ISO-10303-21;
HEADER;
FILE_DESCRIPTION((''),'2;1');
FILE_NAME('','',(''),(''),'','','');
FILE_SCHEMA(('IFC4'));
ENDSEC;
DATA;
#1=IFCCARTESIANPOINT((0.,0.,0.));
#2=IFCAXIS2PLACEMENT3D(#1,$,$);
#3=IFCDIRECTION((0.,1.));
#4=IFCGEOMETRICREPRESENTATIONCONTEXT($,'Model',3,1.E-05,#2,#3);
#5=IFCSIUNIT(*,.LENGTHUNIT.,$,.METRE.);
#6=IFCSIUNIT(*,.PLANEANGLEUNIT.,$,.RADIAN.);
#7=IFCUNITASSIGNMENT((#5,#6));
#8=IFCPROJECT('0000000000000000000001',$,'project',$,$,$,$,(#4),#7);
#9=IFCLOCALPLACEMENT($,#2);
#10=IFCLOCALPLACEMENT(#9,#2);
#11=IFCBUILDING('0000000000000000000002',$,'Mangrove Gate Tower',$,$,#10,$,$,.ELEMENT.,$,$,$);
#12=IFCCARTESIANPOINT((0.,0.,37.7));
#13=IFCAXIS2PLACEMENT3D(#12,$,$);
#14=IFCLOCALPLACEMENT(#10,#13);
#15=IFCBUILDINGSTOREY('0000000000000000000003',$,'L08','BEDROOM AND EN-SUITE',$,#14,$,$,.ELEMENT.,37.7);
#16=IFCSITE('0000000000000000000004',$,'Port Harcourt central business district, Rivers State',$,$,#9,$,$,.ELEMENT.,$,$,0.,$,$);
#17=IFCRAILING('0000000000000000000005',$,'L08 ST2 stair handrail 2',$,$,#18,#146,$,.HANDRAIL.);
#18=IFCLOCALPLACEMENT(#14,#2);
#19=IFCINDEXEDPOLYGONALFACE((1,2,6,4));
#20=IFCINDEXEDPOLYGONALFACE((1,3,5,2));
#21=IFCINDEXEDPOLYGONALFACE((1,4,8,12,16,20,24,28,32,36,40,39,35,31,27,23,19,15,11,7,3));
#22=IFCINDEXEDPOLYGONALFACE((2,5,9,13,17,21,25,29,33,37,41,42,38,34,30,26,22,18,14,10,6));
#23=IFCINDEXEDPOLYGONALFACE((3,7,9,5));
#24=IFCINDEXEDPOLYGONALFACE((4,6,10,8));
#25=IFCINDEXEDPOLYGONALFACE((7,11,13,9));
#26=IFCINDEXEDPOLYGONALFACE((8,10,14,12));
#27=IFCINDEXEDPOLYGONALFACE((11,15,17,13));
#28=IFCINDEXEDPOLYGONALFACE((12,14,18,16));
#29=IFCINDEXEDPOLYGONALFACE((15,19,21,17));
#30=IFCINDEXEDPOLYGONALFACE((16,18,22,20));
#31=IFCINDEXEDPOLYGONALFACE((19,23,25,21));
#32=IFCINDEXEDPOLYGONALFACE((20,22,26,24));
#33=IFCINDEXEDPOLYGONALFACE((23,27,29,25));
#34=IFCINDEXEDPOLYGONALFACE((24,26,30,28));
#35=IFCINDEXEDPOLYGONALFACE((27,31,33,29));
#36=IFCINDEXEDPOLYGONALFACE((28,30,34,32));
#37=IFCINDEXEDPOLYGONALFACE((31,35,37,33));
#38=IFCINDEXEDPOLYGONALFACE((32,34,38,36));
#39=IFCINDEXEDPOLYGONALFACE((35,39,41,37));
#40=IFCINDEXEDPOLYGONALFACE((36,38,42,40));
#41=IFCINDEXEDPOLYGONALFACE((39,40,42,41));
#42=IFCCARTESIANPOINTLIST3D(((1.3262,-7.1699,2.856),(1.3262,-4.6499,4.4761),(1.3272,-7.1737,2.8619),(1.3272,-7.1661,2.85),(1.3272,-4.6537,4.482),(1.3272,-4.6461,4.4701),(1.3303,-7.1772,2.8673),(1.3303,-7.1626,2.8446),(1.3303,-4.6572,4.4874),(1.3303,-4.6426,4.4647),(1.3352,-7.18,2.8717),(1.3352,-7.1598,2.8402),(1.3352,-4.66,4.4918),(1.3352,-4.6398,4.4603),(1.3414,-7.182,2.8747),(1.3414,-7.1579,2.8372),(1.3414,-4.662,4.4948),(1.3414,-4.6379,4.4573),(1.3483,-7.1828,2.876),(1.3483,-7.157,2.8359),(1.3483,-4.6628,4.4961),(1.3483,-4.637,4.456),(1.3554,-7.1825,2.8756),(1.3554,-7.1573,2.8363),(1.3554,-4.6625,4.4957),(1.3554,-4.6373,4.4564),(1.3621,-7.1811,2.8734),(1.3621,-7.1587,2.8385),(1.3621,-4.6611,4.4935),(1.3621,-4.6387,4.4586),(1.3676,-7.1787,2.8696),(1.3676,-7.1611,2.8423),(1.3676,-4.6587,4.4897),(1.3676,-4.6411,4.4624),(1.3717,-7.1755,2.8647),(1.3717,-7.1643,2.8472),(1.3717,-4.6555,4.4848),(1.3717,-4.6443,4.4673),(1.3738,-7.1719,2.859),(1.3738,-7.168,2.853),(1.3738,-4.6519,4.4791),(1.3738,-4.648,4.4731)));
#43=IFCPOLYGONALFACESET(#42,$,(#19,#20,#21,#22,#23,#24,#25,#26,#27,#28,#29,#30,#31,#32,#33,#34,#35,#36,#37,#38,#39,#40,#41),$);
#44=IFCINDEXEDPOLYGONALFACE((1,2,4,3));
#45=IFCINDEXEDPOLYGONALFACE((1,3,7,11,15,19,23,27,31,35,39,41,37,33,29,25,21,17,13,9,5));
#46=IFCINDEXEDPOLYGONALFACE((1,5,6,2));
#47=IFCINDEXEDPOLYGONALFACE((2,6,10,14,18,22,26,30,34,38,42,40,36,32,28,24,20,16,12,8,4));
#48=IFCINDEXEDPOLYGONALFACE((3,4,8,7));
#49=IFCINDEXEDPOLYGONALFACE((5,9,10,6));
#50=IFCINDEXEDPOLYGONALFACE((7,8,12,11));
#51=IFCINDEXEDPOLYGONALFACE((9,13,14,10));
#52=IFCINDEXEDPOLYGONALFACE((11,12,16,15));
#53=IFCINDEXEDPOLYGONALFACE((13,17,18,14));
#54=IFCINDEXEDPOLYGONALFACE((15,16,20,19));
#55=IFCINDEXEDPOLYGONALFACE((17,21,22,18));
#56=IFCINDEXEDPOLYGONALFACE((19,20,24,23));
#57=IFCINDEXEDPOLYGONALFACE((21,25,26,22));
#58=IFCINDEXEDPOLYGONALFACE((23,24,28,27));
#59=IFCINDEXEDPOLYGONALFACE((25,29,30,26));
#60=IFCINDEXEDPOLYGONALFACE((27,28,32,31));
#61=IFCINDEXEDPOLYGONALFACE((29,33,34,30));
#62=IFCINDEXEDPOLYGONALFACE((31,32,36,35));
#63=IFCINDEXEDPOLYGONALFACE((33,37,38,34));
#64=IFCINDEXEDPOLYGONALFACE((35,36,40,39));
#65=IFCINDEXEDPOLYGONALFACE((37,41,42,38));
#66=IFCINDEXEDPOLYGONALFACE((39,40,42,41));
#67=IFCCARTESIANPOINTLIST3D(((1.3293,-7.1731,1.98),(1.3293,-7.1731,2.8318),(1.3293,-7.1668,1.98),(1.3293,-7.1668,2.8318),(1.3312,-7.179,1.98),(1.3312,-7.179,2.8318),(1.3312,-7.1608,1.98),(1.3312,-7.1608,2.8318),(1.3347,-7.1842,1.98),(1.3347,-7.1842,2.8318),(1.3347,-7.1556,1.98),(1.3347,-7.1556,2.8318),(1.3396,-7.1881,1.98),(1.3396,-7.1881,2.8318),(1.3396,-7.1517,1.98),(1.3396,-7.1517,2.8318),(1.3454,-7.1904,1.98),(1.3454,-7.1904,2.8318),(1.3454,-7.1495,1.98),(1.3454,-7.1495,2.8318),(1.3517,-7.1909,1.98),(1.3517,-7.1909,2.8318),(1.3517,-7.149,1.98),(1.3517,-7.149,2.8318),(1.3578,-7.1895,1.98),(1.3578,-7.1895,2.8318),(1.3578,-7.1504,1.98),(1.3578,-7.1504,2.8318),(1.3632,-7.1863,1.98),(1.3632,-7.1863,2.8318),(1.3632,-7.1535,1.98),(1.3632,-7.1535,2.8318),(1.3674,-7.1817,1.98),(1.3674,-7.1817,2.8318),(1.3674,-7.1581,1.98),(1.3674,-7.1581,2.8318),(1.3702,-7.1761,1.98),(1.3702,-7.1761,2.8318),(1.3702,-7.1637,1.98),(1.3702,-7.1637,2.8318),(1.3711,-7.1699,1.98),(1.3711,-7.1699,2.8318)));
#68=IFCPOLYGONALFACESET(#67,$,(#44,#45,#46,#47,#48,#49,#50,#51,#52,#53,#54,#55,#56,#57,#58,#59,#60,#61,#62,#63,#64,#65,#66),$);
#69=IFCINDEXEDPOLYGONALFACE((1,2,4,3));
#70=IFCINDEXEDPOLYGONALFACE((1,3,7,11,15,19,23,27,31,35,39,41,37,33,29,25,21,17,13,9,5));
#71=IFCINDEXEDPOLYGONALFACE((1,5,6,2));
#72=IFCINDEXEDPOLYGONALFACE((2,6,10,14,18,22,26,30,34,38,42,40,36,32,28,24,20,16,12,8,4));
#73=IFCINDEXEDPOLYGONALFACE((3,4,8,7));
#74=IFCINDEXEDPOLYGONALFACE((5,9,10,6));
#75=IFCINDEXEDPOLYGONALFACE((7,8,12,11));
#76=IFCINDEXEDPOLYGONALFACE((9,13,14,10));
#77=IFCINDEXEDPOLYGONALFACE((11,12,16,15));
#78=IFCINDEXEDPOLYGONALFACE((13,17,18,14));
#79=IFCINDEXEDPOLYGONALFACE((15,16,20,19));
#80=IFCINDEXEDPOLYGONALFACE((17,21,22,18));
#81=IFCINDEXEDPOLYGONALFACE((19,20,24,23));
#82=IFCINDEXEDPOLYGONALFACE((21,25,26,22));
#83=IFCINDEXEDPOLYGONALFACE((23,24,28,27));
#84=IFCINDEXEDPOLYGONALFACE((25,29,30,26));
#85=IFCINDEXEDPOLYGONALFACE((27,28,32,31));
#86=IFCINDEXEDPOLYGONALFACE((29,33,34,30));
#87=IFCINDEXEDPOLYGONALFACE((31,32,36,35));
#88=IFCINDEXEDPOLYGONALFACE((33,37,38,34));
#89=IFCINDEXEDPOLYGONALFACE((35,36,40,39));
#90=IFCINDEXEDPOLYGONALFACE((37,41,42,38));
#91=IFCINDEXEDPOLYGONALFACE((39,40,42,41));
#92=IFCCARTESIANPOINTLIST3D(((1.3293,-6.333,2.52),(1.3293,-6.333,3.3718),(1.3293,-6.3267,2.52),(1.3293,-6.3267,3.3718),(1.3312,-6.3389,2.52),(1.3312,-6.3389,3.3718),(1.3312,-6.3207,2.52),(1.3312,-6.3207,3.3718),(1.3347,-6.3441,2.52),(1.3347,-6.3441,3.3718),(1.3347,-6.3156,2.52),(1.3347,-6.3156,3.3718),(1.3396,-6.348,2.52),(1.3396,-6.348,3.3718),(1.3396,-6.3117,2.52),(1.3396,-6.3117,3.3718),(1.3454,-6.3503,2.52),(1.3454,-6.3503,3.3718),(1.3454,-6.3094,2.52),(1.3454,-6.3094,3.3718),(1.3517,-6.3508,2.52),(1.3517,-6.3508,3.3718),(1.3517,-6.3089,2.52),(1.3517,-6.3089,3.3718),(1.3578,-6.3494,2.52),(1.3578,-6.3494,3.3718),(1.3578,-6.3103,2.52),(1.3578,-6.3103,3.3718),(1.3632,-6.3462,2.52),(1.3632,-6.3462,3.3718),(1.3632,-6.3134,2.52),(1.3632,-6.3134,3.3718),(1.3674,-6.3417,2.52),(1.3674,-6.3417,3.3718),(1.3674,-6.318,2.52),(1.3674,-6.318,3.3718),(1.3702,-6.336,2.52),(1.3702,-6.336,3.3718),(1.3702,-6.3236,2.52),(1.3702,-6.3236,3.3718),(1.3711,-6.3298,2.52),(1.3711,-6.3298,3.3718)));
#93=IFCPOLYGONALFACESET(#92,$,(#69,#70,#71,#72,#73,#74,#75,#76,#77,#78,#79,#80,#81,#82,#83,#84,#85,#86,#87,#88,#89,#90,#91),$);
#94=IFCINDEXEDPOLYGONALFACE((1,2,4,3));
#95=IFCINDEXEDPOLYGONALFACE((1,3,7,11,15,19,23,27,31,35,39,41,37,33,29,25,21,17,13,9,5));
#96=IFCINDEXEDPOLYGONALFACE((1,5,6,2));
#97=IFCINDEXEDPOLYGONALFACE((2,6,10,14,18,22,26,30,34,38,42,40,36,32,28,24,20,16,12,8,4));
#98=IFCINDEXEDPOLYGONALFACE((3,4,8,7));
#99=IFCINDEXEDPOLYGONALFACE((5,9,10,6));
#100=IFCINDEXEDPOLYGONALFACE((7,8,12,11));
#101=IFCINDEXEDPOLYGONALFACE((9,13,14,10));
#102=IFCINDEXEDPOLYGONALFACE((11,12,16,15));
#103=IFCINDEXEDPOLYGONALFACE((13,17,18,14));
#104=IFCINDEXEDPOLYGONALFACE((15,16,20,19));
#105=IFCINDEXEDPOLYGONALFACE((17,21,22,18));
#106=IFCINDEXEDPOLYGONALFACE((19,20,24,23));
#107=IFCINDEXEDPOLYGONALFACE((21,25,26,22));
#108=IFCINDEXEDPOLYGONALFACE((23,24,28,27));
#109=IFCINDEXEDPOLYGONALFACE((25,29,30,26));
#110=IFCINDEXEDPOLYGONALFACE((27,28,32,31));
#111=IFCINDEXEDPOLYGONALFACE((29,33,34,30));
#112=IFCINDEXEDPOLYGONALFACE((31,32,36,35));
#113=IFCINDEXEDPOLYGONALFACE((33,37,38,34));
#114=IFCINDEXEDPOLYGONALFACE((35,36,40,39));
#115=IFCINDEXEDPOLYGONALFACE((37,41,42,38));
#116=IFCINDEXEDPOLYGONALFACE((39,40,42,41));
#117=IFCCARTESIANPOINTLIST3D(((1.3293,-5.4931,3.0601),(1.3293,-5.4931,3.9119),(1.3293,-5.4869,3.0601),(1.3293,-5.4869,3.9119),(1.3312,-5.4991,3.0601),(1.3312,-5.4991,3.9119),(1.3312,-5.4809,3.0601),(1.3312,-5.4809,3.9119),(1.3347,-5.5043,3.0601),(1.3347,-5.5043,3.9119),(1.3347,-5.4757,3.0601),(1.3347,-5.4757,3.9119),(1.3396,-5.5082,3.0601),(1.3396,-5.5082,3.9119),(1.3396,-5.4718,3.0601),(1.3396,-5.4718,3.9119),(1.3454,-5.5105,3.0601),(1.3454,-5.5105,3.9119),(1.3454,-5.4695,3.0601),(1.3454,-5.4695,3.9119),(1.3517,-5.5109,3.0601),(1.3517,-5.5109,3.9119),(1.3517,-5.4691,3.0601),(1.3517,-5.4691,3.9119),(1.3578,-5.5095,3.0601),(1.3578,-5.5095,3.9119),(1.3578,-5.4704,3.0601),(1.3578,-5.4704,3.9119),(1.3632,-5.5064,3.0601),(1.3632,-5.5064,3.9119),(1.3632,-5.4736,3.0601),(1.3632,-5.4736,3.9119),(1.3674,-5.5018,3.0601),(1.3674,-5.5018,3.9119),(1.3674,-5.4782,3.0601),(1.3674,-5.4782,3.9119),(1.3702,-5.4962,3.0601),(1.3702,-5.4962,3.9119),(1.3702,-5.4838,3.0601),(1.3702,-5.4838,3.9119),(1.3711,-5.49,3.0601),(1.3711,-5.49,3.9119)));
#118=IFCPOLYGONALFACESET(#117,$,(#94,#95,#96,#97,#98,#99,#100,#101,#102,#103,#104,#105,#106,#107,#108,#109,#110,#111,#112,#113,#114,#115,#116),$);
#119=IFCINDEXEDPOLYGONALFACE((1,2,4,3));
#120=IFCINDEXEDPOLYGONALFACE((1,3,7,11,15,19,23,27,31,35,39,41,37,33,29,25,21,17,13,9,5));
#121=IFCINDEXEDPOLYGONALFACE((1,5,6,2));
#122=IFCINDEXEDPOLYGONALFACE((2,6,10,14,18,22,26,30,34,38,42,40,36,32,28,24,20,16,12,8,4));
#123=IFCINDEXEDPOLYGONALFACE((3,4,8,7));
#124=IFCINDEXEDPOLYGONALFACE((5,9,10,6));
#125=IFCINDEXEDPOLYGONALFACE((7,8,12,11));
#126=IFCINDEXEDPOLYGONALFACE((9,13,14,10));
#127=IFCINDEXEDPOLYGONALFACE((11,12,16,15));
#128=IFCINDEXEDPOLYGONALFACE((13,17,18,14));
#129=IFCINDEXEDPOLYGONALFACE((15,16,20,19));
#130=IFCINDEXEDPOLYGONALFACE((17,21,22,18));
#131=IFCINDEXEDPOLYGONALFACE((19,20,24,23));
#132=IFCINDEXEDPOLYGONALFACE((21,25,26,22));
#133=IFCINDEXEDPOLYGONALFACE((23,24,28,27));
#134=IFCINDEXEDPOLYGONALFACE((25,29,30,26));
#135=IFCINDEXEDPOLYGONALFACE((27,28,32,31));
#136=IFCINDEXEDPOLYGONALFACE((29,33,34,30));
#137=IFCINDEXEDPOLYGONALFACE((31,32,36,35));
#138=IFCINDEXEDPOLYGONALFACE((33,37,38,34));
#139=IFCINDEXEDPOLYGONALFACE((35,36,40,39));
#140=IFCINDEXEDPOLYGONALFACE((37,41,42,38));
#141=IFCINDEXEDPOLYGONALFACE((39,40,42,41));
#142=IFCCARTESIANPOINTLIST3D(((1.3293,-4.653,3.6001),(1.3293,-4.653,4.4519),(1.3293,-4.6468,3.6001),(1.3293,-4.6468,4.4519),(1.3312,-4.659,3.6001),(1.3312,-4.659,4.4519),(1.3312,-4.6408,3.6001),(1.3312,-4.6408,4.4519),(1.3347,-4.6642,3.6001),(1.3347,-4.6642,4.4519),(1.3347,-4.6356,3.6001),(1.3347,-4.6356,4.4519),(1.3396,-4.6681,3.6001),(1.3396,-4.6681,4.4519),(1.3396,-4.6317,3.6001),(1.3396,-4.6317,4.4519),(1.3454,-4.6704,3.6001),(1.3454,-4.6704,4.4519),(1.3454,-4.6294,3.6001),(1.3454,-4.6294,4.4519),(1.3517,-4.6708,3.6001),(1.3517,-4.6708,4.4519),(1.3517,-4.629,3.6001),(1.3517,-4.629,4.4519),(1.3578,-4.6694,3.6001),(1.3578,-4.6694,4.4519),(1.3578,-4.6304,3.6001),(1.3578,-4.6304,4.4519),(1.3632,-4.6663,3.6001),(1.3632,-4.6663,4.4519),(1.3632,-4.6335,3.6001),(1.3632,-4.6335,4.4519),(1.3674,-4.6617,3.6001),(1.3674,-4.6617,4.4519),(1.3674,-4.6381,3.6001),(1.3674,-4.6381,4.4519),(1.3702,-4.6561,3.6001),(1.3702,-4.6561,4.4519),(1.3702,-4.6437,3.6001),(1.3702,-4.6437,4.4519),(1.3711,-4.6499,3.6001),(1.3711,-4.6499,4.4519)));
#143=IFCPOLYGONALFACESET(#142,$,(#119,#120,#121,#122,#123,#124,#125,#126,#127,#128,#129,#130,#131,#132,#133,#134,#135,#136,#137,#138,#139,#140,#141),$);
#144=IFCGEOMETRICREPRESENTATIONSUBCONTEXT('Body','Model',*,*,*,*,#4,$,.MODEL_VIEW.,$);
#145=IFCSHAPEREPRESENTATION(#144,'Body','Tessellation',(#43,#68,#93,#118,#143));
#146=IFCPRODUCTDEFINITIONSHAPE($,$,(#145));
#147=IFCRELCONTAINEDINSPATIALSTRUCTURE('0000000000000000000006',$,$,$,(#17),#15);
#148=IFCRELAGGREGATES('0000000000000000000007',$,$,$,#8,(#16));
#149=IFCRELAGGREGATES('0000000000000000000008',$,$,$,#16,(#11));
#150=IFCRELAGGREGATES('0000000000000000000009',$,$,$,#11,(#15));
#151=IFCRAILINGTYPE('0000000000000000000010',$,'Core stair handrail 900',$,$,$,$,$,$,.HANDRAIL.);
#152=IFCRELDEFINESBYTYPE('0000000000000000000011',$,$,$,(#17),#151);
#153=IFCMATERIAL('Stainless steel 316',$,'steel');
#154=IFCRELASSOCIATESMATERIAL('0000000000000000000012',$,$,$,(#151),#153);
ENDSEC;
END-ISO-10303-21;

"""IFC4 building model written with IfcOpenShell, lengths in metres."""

from ifc_helpers import new_model, si_unit, direction, frame, origin, origin_2d, place, context, subcontext, project, spatial, circle, extrude, material, type_object, element, save


model = new_model("IFC4")

# Units and contexts
model_context = context("Model", 3, precision=1e-05, world=origin(), true_north=direction((0.0, 1.0)))
body_context = subcontext(model_context, "Body", "Model", "MODEL_VIEW")
ifc_project = project(units=[si_unit("LENGTHUNIT", "METRE"), si_unit("PLANEANGLEUNIT", "RADIAN")], contexts=[model_context])

# Site, building, storey
site_placement = place(None, origin())
site = spatial("IfcSite", under=ifc_project, at=site_placement, Name="Port Harcourt central business district, Rivers State", CompositionType="ELEMENT", RefElevation=0.0)
building_placement = place(site_placement, origin())
building = spatial("IfcBuilding", under=site, at=building_placement, Name="Mangrove Gate Tower", CompositionType="ELEMENT")
storey_placement = place(building_placement, frame((0.0, 0.0, 37.7)))
storey = spatial("IfcBuildingStorey", under=building, at=storey_placement, Name="L08", Description="BEDROOM AND EN-SUITE", CompositionType="ELEMENT", Elevation=37.7)

# Railing
ifc_material_1 = material(Name="Stainless steel 316", Category="steel")
railing_type_1 = type_object("IfcRailingType", Name="Core stair handrail 900", PredefinedType="HANDRAIL", material=ifc_material_1)
railing_1_placement = place(storey_placement, frame((1.3501, -7.1699, 1.98)))
element("IfcRailing", 1, at=railing_1_placement, inside=storey, type_object=railing_type_1, Name="L08 ST2 stair handrail 2", PredefinedType="HANDRAIL", context=body_context, shape_type="SweptSolid", body=[
    extrude(circle(Radius=0.0239, at=origin_2d()), frame((0.0, 0.0, 0.876), z_axis=(0.0, 0.841163, 0.540782), x_axis=(-1.0, 0.0, 0.0)), (0.0, 0.0, 1.0), 2.9958),
    extrude(circle(Radius=0.021, at=origin_2d()), origin(), (0.0, 0.0, 1.0), 0.8518),
    extrude(circle(Radius=0.021, at=origin_2d()), frame((0.0, 0.8401, 0.54)), (0.0, 0.0, 1.0), 0.8518),
    extrude(circle(Radius=0.021, at=origin_2d()), frame((0.0, 1.6799, 1.0801)), (0.0, 0.0, 1.0), 0.8518),
    extrude(circle(Radius=0.021, at=origin_2d()), frame((0.0, 2.52, 1.6201)), (0.0, 0.0, 1.0), 0.8518),
])

save(model, "model.ifc")
